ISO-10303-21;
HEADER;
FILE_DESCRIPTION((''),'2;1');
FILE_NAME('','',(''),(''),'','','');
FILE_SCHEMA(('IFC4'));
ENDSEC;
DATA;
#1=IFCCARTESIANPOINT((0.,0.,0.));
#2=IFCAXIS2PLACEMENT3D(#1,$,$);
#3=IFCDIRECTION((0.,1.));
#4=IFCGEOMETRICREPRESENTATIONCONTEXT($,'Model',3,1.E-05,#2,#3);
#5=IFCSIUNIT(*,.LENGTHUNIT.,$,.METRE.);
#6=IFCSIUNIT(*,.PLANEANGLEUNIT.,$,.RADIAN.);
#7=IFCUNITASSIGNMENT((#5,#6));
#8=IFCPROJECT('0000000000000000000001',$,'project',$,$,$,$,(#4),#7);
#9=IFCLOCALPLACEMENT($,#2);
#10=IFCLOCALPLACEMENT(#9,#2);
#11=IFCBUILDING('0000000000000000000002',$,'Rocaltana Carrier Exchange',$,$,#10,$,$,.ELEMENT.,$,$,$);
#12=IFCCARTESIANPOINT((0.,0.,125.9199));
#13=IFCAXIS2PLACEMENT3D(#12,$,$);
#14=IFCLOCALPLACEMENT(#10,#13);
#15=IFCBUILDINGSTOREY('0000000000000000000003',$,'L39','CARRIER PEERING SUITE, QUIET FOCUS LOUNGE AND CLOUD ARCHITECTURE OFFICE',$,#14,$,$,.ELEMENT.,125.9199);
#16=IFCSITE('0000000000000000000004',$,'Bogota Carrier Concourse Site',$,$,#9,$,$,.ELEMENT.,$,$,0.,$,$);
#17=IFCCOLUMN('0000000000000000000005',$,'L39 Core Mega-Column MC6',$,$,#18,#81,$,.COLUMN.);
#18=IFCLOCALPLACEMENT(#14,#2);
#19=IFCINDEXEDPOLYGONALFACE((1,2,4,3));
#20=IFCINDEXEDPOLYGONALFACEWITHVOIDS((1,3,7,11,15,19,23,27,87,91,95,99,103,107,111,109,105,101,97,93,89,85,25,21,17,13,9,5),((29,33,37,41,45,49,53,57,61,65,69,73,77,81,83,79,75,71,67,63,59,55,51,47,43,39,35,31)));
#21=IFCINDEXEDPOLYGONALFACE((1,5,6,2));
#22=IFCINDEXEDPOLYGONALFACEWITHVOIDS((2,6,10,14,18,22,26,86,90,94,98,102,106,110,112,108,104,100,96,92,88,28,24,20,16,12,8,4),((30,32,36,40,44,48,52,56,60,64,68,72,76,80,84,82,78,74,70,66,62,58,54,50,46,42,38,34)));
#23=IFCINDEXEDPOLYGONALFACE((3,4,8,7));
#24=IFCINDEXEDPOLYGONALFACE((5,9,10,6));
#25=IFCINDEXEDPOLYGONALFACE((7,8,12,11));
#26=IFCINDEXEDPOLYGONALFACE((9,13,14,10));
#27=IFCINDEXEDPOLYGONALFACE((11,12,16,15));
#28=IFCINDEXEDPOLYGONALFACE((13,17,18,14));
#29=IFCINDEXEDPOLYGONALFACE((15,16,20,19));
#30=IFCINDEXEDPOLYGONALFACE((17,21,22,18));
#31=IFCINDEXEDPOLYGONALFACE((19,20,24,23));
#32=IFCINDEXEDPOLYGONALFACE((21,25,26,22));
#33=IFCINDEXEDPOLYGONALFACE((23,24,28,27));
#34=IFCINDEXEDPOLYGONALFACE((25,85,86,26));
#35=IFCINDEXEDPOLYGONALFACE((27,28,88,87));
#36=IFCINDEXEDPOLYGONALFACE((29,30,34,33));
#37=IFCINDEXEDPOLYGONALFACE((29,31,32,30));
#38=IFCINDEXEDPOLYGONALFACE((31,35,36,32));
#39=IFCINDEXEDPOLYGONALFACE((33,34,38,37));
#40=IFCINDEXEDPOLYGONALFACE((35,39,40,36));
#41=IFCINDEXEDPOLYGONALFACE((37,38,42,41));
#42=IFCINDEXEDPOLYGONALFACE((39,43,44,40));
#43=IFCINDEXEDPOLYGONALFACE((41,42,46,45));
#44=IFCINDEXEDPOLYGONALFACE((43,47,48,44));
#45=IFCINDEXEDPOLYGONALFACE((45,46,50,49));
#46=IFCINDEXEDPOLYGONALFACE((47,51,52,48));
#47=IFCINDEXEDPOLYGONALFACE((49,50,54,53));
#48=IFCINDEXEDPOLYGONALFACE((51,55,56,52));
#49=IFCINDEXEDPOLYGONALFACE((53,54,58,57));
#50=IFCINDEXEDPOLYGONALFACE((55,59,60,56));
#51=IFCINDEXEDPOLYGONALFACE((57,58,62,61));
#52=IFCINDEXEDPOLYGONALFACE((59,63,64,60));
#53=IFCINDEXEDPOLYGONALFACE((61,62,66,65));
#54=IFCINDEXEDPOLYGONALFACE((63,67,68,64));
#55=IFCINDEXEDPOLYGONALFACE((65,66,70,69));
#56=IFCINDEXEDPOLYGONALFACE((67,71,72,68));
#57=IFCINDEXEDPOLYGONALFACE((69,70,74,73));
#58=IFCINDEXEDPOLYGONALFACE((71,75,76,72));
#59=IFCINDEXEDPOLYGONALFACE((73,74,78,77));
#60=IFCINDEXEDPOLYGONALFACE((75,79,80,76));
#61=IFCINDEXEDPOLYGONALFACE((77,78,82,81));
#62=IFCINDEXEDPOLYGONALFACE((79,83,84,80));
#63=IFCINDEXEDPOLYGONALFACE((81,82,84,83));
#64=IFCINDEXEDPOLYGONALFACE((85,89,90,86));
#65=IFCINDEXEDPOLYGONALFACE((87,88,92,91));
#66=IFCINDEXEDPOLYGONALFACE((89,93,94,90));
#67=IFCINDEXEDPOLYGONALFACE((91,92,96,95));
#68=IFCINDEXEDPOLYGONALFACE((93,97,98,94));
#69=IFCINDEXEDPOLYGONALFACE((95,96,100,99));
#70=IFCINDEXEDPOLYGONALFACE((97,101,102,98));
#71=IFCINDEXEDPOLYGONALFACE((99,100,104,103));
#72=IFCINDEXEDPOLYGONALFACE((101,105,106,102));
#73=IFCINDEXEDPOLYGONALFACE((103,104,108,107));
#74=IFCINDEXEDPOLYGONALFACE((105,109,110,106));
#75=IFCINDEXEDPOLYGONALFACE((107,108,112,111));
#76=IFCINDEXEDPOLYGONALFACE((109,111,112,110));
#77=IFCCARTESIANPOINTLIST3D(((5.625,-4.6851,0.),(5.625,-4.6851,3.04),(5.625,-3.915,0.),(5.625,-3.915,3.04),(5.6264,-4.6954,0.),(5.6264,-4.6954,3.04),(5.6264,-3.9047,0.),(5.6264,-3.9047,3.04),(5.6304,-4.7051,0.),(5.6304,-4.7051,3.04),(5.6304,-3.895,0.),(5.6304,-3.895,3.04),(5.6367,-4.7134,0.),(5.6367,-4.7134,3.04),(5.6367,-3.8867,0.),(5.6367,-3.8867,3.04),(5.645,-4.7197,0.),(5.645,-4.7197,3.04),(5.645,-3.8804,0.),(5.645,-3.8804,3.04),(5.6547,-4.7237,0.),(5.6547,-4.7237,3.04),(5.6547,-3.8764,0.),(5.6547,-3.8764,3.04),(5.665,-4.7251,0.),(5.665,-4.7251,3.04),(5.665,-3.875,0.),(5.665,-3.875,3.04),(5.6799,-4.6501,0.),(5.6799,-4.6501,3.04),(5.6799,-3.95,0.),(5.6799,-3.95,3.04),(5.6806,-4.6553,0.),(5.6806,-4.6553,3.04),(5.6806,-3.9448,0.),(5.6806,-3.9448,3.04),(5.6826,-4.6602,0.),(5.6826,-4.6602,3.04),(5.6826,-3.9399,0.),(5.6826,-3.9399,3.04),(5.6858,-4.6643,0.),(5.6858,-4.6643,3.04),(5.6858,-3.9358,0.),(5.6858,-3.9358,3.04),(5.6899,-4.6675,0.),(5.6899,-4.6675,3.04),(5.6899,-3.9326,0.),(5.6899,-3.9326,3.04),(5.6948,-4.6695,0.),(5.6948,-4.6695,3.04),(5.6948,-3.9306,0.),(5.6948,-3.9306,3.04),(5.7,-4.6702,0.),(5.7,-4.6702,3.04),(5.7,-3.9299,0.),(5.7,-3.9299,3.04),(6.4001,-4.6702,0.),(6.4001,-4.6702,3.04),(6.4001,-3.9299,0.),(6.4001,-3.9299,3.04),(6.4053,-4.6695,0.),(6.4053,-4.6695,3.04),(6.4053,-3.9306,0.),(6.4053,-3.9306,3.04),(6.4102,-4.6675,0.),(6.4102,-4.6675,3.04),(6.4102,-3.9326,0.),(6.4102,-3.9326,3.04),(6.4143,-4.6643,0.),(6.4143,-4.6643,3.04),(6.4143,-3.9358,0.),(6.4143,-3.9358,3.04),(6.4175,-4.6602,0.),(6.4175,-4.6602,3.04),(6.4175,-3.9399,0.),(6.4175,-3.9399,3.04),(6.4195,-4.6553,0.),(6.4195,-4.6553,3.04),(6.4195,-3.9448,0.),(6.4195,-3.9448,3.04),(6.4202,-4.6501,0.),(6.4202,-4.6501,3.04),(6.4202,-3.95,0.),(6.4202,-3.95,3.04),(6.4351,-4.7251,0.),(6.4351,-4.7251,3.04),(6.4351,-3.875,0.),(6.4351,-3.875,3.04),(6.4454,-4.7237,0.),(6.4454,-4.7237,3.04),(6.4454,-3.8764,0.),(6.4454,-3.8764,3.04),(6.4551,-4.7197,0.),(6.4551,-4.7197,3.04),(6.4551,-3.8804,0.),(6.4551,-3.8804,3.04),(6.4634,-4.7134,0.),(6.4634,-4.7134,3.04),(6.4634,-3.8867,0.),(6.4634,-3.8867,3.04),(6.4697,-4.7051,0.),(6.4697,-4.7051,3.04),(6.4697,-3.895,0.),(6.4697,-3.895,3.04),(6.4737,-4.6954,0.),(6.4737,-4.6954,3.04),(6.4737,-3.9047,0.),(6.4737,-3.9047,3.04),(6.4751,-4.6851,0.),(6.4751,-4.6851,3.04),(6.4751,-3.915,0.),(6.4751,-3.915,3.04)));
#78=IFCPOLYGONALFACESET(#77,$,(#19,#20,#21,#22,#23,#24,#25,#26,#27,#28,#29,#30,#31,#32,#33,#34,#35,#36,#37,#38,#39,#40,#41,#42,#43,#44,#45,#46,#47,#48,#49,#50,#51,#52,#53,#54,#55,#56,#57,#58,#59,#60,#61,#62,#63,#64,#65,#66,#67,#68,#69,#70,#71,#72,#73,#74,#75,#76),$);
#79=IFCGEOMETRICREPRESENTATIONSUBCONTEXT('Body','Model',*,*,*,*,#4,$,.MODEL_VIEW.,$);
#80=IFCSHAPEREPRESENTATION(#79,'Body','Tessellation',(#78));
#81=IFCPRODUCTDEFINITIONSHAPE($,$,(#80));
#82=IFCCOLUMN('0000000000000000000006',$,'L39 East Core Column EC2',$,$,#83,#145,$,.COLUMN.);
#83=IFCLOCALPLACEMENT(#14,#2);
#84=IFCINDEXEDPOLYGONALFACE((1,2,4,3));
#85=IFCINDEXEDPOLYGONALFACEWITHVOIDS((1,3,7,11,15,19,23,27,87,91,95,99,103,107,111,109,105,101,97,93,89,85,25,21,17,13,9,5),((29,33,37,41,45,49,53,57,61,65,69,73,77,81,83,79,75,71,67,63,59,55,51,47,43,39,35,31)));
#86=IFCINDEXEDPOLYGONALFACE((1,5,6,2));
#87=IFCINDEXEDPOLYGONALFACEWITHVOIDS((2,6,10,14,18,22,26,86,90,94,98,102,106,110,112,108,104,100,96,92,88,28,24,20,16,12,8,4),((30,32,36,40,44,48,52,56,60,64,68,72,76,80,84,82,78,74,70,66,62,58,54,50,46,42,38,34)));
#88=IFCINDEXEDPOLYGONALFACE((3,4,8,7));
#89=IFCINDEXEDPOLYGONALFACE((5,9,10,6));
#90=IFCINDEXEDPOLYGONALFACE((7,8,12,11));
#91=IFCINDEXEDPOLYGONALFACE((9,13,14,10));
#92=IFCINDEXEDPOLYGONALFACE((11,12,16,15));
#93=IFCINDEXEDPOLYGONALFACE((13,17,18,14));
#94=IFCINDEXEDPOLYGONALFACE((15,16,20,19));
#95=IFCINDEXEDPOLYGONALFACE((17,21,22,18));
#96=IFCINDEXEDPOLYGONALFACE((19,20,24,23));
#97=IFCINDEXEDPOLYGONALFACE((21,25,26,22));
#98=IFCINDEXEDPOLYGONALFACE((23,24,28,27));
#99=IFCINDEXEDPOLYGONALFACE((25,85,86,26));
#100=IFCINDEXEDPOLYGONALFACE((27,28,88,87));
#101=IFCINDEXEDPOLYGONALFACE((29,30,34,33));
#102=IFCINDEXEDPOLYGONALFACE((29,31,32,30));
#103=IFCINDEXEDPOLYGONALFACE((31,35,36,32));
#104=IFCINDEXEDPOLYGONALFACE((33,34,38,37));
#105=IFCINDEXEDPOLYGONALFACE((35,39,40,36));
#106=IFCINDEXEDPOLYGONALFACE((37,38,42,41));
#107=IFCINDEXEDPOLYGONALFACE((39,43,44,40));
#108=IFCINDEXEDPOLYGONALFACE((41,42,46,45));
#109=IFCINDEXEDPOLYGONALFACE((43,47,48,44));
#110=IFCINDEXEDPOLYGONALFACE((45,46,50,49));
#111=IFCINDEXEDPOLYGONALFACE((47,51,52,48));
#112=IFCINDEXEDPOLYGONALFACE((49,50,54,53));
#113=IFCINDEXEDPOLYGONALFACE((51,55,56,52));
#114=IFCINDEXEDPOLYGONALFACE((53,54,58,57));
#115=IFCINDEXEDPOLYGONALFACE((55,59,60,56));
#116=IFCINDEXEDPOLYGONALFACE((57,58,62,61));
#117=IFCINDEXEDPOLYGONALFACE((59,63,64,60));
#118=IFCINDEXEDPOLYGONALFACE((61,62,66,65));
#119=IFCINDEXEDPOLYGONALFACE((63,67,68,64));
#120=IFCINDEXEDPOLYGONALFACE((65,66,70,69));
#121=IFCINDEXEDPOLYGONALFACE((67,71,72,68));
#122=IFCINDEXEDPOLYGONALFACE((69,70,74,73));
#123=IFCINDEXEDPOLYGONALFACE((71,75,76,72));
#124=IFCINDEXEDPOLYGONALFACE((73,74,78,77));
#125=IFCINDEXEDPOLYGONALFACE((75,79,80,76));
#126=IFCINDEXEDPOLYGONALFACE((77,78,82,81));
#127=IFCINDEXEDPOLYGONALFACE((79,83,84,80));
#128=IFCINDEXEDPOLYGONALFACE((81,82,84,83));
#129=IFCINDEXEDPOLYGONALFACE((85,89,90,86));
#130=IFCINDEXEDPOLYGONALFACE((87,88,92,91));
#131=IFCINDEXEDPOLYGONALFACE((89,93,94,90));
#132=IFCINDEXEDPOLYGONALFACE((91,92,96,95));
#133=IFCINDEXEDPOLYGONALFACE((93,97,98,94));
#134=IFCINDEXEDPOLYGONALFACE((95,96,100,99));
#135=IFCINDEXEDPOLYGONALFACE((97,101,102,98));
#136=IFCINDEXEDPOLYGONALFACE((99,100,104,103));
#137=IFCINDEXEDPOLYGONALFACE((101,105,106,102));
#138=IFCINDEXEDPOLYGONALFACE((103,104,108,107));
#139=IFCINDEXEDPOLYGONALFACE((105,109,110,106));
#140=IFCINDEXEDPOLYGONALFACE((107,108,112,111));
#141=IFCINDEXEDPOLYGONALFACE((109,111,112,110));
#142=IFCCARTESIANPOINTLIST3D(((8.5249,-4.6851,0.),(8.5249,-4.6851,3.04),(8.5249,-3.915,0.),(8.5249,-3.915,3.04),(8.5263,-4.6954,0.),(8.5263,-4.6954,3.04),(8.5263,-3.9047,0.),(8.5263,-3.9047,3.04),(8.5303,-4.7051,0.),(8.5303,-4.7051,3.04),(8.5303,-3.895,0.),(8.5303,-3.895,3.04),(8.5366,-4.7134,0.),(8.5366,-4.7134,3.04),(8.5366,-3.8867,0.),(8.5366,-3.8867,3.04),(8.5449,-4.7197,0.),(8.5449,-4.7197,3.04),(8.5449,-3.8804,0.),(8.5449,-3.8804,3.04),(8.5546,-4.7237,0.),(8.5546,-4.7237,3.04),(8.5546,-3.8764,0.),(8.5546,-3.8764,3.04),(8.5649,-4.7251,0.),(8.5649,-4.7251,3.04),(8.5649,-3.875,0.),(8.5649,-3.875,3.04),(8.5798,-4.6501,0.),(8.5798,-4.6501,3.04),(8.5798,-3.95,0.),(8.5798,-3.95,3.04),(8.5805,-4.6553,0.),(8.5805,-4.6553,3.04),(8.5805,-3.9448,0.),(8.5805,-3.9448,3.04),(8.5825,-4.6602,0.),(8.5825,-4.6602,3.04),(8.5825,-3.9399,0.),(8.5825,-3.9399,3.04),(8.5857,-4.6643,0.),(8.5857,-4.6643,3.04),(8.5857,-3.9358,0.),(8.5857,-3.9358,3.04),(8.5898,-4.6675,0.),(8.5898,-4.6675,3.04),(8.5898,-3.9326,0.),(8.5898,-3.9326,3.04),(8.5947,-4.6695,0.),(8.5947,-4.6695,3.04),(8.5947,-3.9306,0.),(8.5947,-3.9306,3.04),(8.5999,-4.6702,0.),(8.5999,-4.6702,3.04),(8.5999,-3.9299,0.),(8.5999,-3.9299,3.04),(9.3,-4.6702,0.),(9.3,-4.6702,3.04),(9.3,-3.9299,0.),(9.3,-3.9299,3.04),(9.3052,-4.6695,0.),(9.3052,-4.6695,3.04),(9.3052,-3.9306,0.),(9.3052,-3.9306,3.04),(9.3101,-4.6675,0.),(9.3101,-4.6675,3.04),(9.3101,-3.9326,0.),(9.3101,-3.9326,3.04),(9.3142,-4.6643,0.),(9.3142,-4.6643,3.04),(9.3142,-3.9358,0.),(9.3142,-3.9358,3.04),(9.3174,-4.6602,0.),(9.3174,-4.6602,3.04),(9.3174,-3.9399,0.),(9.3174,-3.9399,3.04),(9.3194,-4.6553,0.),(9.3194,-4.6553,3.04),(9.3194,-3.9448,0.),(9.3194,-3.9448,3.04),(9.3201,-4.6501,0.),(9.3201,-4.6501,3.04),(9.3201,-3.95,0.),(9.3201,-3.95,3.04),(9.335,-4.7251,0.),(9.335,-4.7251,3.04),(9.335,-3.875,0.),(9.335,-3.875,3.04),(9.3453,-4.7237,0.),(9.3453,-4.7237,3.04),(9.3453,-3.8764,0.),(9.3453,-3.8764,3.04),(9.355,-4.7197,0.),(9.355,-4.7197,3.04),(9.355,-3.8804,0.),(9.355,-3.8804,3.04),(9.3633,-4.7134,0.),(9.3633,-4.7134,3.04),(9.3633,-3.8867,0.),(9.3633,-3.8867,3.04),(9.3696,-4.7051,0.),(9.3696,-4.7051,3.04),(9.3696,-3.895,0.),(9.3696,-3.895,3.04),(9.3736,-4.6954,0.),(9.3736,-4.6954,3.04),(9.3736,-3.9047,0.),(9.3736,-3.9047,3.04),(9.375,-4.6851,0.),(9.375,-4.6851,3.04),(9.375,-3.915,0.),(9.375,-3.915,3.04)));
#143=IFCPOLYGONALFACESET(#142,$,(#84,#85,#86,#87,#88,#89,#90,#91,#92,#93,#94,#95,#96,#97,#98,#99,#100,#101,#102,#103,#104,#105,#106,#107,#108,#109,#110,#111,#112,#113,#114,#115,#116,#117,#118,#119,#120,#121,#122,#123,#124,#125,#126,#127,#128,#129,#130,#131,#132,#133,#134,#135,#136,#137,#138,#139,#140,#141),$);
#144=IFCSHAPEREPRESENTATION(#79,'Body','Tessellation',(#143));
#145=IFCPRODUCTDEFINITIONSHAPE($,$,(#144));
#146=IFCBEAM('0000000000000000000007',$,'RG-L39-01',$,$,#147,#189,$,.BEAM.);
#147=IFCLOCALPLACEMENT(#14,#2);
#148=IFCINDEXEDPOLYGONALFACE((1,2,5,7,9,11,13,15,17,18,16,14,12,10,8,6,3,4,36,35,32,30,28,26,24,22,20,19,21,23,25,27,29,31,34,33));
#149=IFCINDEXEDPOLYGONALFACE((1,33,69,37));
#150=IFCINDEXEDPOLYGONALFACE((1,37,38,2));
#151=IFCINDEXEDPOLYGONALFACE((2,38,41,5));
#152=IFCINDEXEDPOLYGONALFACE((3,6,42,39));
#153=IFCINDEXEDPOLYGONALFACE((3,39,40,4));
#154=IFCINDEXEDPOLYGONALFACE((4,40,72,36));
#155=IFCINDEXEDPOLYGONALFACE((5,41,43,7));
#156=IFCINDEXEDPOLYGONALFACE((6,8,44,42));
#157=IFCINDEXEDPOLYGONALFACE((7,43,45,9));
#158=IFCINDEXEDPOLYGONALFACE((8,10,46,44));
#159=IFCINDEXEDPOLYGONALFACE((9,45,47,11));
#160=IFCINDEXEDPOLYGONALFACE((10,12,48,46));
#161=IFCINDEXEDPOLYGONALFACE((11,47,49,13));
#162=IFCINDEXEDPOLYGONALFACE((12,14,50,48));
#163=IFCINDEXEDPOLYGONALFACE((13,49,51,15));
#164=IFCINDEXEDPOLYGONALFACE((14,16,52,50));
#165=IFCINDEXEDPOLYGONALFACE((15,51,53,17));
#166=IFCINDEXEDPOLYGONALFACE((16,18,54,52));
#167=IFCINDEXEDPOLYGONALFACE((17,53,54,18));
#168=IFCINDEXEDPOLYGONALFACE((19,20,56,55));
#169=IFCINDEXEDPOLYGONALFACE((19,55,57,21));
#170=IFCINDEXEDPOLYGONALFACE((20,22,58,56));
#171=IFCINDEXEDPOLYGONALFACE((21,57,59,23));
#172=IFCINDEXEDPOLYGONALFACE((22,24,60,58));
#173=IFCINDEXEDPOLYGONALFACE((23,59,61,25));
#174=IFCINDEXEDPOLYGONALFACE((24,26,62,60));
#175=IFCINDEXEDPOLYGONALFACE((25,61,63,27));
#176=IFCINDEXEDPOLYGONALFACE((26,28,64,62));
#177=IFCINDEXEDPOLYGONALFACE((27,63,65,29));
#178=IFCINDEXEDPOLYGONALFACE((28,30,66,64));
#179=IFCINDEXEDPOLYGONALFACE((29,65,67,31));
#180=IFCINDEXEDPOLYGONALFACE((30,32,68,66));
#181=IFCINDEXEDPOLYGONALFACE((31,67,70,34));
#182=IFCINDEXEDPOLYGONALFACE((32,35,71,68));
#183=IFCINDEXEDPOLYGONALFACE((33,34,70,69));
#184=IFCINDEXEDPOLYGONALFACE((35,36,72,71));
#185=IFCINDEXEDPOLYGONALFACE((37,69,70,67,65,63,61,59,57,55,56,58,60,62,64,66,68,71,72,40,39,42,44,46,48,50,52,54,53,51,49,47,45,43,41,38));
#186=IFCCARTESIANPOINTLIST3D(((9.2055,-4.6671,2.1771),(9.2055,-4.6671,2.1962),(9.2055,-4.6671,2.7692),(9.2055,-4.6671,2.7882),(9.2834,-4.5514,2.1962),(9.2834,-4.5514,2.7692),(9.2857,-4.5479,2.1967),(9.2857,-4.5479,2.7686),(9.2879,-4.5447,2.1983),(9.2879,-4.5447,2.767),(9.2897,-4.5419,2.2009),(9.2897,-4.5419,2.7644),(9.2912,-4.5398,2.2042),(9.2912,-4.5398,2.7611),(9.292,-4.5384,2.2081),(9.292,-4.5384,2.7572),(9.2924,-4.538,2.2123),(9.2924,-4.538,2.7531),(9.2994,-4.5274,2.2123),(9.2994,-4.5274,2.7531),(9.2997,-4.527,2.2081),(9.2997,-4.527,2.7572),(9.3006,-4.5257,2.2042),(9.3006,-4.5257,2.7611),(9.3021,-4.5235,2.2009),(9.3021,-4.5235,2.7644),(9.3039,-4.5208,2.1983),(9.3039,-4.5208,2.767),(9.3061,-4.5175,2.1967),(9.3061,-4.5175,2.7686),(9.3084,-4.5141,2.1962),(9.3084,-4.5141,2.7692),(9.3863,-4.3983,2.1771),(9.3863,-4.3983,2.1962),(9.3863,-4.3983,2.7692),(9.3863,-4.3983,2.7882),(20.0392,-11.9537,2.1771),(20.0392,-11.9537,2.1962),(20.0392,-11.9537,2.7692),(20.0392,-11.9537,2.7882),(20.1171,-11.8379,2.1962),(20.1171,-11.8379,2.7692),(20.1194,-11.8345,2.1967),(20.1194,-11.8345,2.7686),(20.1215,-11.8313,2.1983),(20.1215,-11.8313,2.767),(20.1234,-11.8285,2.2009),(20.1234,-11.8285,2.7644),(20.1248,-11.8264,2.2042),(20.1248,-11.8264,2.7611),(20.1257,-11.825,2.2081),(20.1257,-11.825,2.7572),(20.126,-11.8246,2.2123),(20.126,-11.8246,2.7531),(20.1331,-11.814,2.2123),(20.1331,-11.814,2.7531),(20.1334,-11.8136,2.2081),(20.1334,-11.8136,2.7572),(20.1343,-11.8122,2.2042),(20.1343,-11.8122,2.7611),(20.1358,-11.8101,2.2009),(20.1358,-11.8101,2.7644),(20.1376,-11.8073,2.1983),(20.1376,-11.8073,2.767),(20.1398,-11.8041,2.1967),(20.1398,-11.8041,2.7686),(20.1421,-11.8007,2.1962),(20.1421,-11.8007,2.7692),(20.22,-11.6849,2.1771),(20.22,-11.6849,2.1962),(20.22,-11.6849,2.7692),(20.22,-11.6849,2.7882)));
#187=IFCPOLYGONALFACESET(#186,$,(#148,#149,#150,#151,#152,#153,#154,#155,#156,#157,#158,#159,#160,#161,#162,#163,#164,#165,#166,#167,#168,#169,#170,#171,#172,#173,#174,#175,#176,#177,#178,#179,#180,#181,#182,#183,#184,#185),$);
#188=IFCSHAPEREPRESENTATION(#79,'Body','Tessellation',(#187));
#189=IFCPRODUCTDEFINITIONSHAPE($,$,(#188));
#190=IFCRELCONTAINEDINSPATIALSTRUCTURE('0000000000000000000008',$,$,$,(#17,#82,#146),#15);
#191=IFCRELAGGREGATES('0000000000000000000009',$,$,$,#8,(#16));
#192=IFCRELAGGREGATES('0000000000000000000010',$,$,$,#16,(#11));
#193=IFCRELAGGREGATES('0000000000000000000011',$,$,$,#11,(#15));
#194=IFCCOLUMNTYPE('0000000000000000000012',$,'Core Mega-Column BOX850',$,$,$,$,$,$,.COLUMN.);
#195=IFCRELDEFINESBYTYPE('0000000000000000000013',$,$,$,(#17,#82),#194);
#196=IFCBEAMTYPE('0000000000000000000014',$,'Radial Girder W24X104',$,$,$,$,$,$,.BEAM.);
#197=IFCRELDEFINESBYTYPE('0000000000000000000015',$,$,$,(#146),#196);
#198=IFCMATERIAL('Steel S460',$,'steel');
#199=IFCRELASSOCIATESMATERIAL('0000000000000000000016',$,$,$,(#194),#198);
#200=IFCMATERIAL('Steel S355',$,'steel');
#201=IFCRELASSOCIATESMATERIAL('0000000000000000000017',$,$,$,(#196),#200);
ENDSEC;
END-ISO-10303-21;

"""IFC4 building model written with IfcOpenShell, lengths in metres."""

from ifc_helpers import new_model, si_unit, direction, frame, origin, origin_2d, place, context, subcontext, project, spatial, hollow_rectangle, i_section, extrude, material, material_profile, profile_set, type_object, element, save


model = new_model("IFC4")

# Units and contexts
model_context = context("Model", 3, precision=1e-05, world=origin(), true_north=direction((0.0, 1.0)))
body_context = subcontext(model_context, "Body", "Model", "MODEL_VIEW")
ifc_project = project(units=[si_unit("LENGTHUNIT", "METRE"), si_unit("PLANEANGLEUNIT", "RADIAN")], contexts=[model_context])

# Site, building, storey
site_placement = place(None, origin())
site = spatial("IfcSite", under=ifc_project, at=site_placement, Name="Bogota Carrier Concourse Site", CompositionType="ELEMENT", RefElevation=0.0)
building_placement = place(site_placement, origin())
building = spatial("IfcBuilding", under=site, at=building_placement, Name="Rocaltana Carrier Exchange", CompositionType="ELEMENT")
storey_placement = place(building_placement, frame((0.0, 0.0, 125.9199)))
storey = spatial("IfcBuildingStorey", under=building, at=storey_placement, Name="L39", Description="CARRIER PEERING SUITE, QUIET FOCUS LOUNGE AND CLOUD ARCHITECTURE OFFICE", CompositionType="ELEMENT", Elevation=125.9199)

# Columns
ifc_material_1 = material(Name="Steel S460", Category="steel")
ifc_material_profile_1 = material_profile(ifc_material_1, hollow_rectangle(XDim=0.8501, YDim=0.8501, WallThickness=0.0549, InnerFilletRadius=0.02, OuterFilletRadius=0.04, at=origin_2d()), Name="BOX850X850X55")
ifc_profile_set_1 = profile_set([ifc_material_profile_1], Name="Steel S460")
column_type = type_object("IfcColumnType", Name="Core Mega-Column BOX850", PredefinedType="COLUMN", material=ifc_profile_set_1)
for number, where, z_axis, x_axis, name in (
    (1, (6.05, -4.3, 0.0), (0.0, 0.0, 1.0), (1.0, 0.0, 0.0), "L39 Core Mega-Column MC6"),
    (2, (8.95, -4.3, 0.0), (0.0, 0.0, 1.0), (1.0, 0.0, 0.0), "L39 East Core Column EC2"),
):
    element("IfcColumn", number, at=place(storey_placement, frame(where, z_axis=z_axis, x_axis=x_axis)), inside=storey, type_object=column_type, Name=name, PredefinedType="COLUMN", context=body_context, shape_type="SweptSolid", body=[
        extrude(hollow_rectangle(XDim=0.8501, YDim=0.8501, WallThickness=0.0549, InnerFilletRadius=0.02, OuterFilletRadius=0.04, at=origin_2d()), origin(), (0.0, 0.0, 1.0), 3.04),
    ])

# Beam
ifc_material_2 = material(Name="Steel S355", Category="steel")
ifc_material_profile_2 = material_profile(ifc_material_2, i_section(OverallWidth=0.324, OverallDepth=0.6111, WebThickness=0.0127, FlangeThickness=0.019, FilletRadius=0.0161, at=origin_2d()), Name="W24X104")
ifc_profile_set_2 = profile_set([ifc_material_profile_2], Name="Steel S355")
beam_type = type_object("IfcBeamType", Name="Radial Girder W24X104", PredefinedType="BEAM", material=ifc_profile_set_2)
beam_1_placement = place(storey_placement, frame((9.2959, -4.5327, 2.4827), z_axis=(0.829776, -0.558096, 0.0), x_axis=(0.558096, 0.829776, 0.0)))
element("IfcBeam", 3, at=beam_1_placement, inside=storey, type_object=beam_type, Name="RG-L39-01", PredefinedType="BEAM", context=body_context, shape_type="SweptSolid", body=[
    extrude(i_section(OverallWidth=0.324, OverallDepth=0.6111, WebThickness=0.0127, FlangeThickness=0.019, FilletRadius=0.0161, at=origin_2d()), origin(), (0.0, 0.0, 1.0), 13.0562),
])

save(model, "model.ifc")
